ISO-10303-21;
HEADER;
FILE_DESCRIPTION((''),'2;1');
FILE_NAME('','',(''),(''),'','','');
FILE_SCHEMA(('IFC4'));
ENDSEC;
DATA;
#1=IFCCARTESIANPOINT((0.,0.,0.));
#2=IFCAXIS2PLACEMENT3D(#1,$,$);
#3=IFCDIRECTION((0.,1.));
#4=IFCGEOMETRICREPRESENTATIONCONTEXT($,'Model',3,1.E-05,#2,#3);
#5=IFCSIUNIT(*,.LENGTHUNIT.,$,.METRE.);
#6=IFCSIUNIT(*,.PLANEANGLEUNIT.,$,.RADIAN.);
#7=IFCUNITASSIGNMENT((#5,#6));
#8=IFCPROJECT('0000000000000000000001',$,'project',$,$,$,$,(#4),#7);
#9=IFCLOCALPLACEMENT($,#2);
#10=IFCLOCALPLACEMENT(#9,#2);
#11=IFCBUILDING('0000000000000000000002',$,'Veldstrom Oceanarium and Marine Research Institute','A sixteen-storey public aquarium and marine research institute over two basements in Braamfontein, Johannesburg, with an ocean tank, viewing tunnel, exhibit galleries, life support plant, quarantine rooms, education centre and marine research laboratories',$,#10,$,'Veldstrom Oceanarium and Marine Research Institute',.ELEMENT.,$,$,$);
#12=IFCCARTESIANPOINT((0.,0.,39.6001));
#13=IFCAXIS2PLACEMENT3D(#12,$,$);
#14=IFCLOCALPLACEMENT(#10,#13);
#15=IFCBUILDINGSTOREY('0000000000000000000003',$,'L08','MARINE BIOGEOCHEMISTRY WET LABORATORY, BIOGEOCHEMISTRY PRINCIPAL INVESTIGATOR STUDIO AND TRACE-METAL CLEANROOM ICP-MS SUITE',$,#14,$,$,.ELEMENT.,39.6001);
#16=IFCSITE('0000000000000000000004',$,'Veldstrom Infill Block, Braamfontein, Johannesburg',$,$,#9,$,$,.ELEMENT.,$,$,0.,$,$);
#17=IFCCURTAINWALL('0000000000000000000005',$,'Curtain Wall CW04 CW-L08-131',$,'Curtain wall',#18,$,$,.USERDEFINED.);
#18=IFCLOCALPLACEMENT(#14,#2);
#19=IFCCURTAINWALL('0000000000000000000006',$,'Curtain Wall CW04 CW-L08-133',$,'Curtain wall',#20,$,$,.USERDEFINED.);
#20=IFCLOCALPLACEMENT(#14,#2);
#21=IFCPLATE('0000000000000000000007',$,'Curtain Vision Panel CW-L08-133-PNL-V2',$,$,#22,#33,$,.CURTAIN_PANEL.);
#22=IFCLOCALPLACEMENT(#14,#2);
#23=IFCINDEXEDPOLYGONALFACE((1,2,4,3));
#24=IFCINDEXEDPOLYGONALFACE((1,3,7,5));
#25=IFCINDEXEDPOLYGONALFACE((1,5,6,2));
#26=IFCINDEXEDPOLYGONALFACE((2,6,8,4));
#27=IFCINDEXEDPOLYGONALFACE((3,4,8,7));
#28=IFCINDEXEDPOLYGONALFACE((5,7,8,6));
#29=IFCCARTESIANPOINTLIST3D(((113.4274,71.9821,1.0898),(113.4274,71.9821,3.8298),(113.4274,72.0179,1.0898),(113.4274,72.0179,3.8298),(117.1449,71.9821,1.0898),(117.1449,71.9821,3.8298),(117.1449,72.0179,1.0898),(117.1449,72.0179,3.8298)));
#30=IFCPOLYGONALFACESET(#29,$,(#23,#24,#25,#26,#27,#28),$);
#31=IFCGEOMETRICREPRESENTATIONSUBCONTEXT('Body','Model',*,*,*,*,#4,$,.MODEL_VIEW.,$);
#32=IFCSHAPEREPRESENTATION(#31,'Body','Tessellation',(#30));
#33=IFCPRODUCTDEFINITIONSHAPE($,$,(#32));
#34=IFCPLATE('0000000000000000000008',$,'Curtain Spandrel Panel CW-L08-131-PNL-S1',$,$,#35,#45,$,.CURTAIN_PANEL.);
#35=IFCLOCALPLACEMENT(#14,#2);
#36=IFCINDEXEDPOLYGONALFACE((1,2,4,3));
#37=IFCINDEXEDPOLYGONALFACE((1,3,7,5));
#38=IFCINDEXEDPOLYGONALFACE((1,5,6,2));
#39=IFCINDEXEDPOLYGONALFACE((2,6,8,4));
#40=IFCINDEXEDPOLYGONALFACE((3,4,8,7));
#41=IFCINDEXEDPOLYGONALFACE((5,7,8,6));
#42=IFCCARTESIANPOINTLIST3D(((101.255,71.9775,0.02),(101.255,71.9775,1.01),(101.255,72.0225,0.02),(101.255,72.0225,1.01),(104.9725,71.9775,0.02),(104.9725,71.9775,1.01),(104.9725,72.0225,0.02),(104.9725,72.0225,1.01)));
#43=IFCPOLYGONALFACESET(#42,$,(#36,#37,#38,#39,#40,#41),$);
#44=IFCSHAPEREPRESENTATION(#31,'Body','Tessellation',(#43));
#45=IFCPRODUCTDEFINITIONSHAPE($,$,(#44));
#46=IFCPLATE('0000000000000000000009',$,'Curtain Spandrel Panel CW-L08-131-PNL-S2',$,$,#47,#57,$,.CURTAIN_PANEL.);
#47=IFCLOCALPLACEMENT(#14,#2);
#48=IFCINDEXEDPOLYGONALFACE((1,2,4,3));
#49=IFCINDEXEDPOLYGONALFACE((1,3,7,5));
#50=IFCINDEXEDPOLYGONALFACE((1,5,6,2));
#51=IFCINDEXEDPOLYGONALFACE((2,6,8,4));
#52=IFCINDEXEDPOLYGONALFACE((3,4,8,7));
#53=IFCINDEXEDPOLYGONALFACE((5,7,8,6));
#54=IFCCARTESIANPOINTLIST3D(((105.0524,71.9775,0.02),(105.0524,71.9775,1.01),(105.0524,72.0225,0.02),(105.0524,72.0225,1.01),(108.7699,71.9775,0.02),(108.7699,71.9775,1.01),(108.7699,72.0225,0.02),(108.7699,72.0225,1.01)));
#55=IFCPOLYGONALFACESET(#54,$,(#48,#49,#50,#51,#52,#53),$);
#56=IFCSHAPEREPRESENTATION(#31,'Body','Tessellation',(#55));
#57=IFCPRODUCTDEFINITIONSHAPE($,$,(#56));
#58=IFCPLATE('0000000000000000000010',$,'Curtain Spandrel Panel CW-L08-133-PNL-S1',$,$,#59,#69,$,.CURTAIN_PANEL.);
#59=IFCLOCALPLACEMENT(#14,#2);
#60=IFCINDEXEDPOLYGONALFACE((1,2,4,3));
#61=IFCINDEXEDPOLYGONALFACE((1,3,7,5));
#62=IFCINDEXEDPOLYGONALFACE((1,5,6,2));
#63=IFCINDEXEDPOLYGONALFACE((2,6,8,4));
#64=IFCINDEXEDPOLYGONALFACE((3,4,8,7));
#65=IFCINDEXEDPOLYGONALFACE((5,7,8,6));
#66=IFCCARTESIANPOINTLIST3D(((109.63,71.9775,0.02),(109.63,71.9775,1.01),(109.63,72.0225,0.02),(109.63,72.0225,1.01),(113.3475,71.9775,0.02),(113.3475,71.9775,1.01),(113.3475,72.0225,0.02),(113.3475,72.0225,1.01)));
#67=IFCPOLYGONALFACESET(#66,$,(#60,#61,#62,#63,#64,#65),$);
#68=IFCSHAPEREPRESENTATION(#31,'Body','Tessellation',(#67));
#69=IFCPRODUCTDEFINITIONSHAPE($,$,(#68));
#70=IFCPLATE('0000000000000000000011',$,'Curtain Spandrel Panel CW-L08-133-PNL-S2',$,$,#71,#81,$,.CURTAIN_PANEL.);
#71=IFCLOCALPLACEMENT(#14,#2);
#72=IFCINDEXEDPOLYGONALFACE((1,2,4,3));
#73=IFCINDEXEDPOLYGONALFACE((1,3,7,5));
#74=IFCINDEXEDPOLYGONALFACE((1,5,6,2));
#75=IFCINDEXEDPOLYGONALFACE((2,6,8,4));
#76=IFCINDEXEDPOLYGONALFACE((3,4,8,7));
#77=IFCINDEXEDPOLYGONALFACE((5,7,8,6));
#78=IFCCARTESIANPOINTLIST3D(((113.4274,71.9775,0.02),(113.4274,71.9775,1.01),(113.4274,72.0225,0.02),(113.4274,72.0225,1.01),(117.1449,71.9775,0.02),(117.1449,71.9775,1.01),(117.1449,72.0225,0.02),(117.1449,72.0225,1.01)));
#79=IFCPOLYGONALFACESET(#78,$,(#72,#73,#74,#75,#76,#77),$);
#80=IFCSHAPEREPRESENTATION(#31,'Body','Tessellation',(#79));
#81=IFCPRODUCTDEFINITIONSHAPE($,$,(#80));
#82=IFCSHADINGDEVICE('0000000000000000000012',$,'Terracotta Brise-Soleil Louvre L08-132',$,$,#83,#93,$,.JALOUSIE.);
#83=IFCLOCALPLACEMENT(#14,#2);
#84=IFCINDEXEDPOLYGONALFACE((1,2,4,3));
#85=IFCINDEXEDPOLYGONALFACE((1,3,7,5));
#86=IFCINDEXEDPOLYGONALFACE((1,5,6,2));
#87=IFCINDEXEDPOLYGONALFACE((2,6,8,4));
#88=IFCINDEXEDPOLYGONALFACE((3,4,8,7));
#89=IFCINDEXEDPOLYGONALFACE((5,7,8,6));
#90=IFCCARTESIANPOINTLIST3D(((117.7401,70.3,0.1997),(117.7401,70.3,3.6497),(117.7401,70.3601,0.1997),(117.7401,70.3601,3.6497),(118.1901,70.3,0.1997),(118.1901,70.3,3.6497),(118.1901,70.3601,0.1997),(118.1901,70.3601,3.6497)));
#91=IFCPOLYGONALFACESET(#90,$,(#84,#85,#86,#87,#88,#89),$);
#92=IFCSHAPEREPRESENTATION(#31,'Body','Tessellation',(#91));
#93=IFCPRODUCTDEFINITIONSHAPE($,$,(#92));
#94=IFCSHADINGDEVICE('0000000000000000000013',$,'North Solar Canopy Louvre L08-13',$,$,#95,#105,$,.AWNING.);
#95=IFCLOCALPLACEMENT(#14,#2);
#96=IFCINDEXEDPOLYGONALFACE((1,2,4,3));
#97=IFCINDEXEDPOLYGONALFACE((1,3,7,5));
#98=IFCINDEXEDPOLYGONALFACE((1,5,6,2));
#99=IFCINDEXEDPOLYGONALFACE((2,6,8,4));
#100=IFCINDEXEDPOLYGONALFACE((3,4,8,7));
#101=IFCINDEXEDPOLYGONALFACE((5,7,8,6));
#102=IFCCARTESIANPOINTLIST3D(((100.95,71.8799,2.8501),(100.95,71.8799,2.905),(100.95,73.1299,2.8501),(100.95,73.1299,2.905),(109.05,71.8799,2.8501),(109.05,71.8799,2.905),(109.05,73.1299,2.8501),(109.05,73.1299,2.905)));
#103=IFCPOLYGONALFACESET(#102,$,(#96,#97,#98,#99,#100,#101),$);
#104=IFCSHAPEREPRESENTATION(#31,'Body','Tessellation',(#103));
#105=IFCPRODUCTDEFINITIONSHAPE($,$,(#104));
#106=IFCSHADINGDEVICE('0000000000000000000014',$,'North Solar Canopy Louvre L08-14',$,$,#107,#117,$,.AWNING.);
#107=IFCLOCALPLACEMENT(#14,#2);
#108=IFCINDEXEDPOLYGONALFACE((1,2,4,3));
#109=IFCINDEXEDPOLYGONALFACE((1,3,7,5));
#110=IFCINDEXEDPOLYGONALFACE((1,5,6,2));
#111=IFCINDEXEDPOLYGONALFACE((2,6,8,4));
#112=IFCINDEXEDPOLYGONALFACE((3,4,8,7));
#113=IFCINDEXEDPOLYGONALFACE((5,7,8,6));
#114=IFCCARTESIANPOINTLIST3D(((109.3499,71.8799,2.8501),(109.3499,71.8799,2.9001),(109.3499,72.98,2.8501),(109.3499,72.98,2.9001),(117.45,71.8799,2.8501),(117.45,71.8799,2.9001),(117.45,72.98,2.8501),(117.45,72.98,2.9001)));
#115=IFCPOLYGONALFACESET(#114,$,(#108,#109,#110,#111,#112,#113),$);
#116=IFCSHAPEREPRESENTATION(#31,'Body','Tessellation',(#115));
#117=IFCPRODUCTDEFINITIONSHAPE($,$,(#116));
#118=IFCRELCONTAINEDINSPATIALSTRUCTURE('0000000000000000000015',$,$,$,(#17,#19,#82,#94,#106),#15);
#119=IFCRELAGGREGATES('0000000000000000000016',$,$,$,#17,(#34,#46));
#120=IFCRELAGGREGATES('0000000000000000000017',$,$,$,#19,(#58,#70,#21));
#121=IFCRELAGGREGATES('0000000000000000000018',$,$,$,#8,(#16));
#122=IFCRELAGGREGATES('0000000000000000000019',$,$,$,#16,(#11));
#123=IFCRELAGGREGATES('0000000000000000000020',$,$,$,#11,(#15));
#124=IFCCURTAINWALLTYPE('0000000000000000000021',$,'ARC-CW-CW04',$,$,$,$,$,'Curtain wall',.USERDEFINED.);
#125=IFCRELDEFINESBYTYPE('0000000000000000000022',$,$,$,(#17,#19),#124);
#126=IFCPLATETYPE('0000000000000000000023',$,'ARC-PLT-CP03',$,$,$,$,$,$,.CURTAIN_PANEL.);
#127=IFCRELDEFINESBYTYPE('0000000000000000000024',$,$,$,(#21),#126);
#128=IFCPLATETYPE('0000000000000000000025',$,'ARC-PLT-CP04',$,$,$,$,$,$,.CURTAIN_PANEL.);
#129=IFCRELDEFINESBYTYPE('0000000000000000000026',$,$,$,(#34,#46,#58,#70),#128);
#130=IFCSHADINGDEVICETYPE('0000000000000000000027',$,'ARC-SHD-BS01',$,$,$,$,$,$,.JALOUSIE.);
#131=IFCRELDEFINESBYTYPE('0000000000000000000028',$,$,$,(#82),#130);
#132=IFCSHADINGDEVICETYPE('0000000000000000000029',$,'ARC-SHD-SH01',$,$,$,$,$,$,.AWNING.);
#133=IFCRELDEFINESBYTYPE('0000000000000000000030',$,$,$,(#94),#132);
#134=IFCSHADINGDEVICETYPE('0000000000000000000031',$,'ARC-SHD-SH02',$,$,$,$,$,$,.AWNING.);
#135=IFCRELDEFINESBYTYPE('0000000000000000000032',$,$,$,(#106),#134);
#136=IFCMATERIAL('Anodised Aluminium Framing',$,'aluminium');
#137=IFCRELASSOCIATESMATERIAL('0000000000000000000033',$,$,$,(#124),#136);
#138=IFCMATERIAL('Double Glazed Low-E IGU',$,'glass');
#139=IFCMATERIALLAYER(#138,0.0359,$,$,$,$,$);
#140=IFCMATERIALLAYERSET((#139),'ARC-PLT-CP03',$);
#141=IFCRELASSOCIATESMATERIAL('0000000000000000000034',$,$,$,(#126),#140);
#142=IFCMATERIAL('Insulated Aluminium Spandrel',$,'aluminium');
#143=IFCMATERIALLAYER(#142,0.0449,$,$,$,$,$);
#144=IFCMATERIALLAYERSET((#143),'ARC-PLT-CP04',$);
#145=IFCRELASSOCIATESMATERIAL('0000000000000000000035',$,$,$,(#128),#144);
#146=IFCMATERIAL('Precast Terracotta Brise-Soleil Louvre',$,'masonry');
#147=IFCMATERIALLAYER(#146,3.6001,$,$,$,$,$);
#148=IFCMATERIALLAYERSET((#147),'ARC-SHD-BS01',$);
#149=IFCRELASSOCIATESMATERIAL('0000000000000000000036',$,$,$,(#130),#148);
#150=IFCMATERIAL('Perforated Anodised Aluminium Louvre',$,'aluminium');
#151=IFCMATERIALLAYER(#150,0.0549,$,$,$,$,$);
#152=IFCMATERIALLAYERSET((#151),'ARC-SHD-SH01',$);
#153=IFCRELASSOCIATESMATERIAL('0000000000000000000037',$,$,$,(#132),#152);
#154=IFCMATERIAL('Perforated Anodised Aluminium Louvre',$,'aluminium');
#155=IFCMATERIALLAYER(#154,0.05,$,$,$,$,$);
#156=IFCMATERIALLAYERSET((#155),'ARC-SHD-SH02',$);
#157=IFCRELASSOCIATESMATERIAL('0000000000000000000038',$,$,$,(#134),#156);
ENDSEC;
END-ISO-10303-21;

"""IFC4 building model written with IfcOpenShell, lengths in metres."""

from ifc_helpers import new_model, si_unit, direction, frame, origin, origin_2d, place, context, subcontext, project, spatial, rectangle, extrude, material, layer, layer_set, type_object, element, aggregate, save


model = new_model("IFC4")

# Units and contexts
model_context = context("Model", 3, precision=1e-05, world=origin(), true_north=direction((0.0, 1.0)))
body_context = subcontext(model_context, "Body", "Model", "MODEL_VIEW")
ifc_project = project(units=[si_unit("LENGTHUNIT", "METRE"), si_unit("PLANEANGLEUNIT", "RADIAN")], contexts=[model_context])

# Site, building, storey
site_placement = place(None, origin())
site = spatial("IfcSite", under=ifc_project, at=site_placement, Name="Veldstrom Infill Block, Braamfontein, Johannesburg", CompositionType="ELEMENT", RefElevation=0.0)
building_placement = place(site_placement, origin())
building = spatial("IfcBuilding", under=site, at=building_placement, Name="Veldstrom Oceanarium and Marine Research Institute", Description="A sixteen-storey public aquarium and marine research institute over two basements in Braamfontein, Johannesburg, with an ocean tank, viewing tunnel, exhibit galleries, life support plant, quarantine rooms, education centre and marine research laboratories", LongName="Veldstrom Oceanarium and Marine Research Institute", CompositionType="ELEMENT")
storey_placement = place(building_placement, frame((0.0, 0.0, 39.6001)))
storey = spatial("IfcBuildingStorey", under=building, at=storey_placement, Name="L08", Description="MARINE BIOGEOCHEMISTRY WET LABORATORY, BIOGEOCHEMISTRY PRINCIPAL INVESTIGATOR STUDIO AND TRACE-METAL CLEANROOM ICP-MS SUITE", CompositionType="ELEMENT", Elevation=39.6001)

# Curtain walls
ifc_material_1 = material(Name="Anodised Aluminium Framing", Category="aluminium")
curtain_wall_type = type_object("IfcCurtainWallType", Name="ARC-CW-CW04", ElementType="Curtain wall", PredefinedType="USERDEFINED", material=ifc_material_1)
curtain_wall_1_placement = place(storey_placement, origin())
curtain_wall_1 = element("IfcCurtainWall", 1, at=curtain_wall_1_placement, inside=storey, type_object=curtain_wall_type, Name="Curtain Wall CW04 CW-L08-131", ObjectType="Curtain wall", PredefinedType="USERDEFINED")
curtain_wall_2_placement = place(storey_placement, origin())
curtain_wall_2 = element("IfcCurtainWall", 2, at=curtain_wall_2_placement, inside=storey, type_object=curtain_wall_type, Name="Curtain Wall CW04 CW-L08-133", ObjectType="Curtain wall", PredefinedType="USERDEFINED")

# Plates
ifc_material_2 = material(Name="Double Glazed Low-E IGU", Category="glass")
ifc_layer_1 = layer(ifc_material_2, 0.0359)
ifc_layer_set_1 = layer_set([ifc_layer_1], Name="ARC-PLT-CP03")
plate_type_1 = type_object("IfcPlateType", Name="ARC-PLT-CP03", PredefinedType="CURTAIN_PANEL", material=ifc_layer_set_1)
plate_1_placement = place(storey_placement, frame((115.2861, 72.0, 1.0898), z_axis=(0.0, 0.0, 1.0), x_axis=(1.0, 0.0, 0.0)))
plate_1 = element("IfcPlate", 3, at=plate_1_placement, type_object=plate_type_1, Name="Curtain Vision Panel CW-L08-133-PNL-V2", PredefinedType="CURTAIN_PANEL", context=body_context, shape_type="SweptSolid", body=[
    extrude(rectangle(XDim=3.7175, YDim=0.0359, at=origin_2d()), origin(), (0.0, 0.0, 1.0), 2.74),
])
ifc_material_3 = material(Name="Insulated Aluminium Spandrel", Category="aluminium")
ifc_layer_2 = layer(ifc_material_3, 0.0449)
ifc_layer_set_2 = layer_set([ifc_layer_2], Name="ARC-PLT-CP04")
plate_type_2 = type_object("IfcPlateType", Name="ARC-PLT-CP04", PredefinedType="CURTAIN_PANEL", material=ifc_layer_set_2)
plate_2_placement = place(storey_placement, frame((103.1138, 72.0, 0.02), z_axis=(0.0, 0.0, 1.0), x_axis=(1.0, 0.0, 0.0)))
plate_2 = element("IfcPlate", 4, at=plate_2_placement, type_object=plate_type_2, Name="Curtain Spandrel Panel CW-L08-131-PNL-S1", PredefinedType="CURTAIN_PANEL", context=body_context, shape_type="SweptSolid", body=[
    extrude(rectangle(XDim=3.7175, YDim=0.0449, at=origin_2d()), origin(), (0.0, 0.0, 1.0), 0.99),
])
plate_3_placement = place(storey_placement, frame((106.9111, 72.0, 0.02), z_axis=(0.0, 0.0, 1.0), x_axis=(1.0, 0.0, 0.0)))
plate_3 = element("IfcPlate", 5, at=plate_3_placement, type_object=plate_type_2, Name="Curtain Spandrel Panel CW-L08-131-PNL-S2", PredefinedType="CURTAIN_PANEL", context=body_context, shape_type="SweptSolid", body=[
    extrude(rectangle(XDim=3.7175, YDim=0.0449, at=origin_2d()), origin(), (0.0, 0.0, 1.0), 0.99),
])
aggregate(curtain_wall_1, [plate_2, plate_3])
plate_4_placement = place(storey_placement, frame((111.4888, 72.0, 0.02), z_axis=(0.0, 0.0, 1.0), x_axis=(1.0, 0.0, 0.0)))
plate_4 = element("IfcPlate", 6, at=plate_4_placement, type_object=plate_type_2, Name="Curtain Spandrel Panel CW-L08-133-PNL-S1", PredefinedType="CURTAIN_PANEL", context=body_context, shape_type="SweptSolid", body=[
    extrude(rectangle(XDim=3.7175, YDim=0.0449, at=origin_2d()), origin(), (0.0, 0.0, 1.0), 0.99),
])
plate_5_placement = place(storey_placement, frame((115.2861, 72.0, 0.02), z_axis=(0.0, 0.0, 1.0), x_axis=(1.0, 0.0, 0.0)))
plate_5 = element("IfcPlate", 7, at=plate_5_placement, type_object=plate_type_2, Name="Curtain Spandrel Panel CW-L08-133-PNL-S2", PredefinedType="CURTAIN_PANEL", context=body_context, shape_type="SweptSolid", body=[
    extrude(rectangle(XDim=3.7175, YDim=0.0449, at=origin_2d()), origin(), (0.0, 0.0, 1.0), 0.99),
])
aggregate(curtain_wall_2, [plate_4, plate_5, plate_1])

# Shading devices
ifc_material_4 = material(Name="Precast Terracotta Brise-Soleil Louvre", Category="masonry")
ifc_layer_3 = layer(ifc_material_4, 3.6001)
ifc_layer_set_3 = layer_set([ifc_layer_3], Name="ARC-SHD-BS01")
shading_device_type_1 = type_object("IfcShadingDeviceType", Name="ARC-SHD-BS01", PredefinedType="JALOUSIE", material=ifc_layer_set_3)
shading_device_1_placement = place(storey_placement, frame((117.9651, 70.3301, 0.1997), z_axis=(0.0, 0.0, 1.0), x_axis=(1.0, 0.0, 0.0)))
element("IfcShadingDevice", 8, at=shading_device_1_placement, inside=storey, type_object=shading_device_type_1, Name="Terracotta Brise-Soleil Louvre L08-132", PredefinedType="JALOUSIE", context=body_context, shape_type="SweptSolid", body=[
    extrude(rectangle(XDim=0.45, YDim=0.0601, at=origin_2d()), origin(), (0.0, 0.0, 1.0), 3.45),
])
ifc_material_5 = material(Name="Perforated Anodised Aluminium Louvre", Category="aluminium")
ifc_layer_4 = layer(ifc_material_5, 0.0549)
ifc_layer_set_4 = layer_set([ifc_layer_4], Name="ARC-SHD-SH01")
shading_device_type_2 = type_object("IfcShadingDeviceType", Name="ARC-SHD-SH01", PredefinedType="AWNING", material=ifc_layer_set_4)
shading_device_2_placement = place(storey_placement, frame((105.0, 72.5049, 2.8501), z_axis=(0.0, 0.0, 1.0), x_axis=(1.0, 0.0, 0.0)))
element("IfcShadingDevice", 9, at=shading_device_2_placement, inside=storey, type_object=shading_device_type_2, Name="North Solar Canopy Louvre L08-13", PredefinedType="AWNING", context=body_context, shape_type="SweptSolid", body=[
    extrude(rectangle(XDim=8.1001, YDim=1.25, at=origin_2d()), origin(), (0.0, 0.0, 1.0), 0.0549),
])
ifc_material_6 = material(Name="Perforated Anodised Aluminium Louvre", Category="aluminium")
ifc_layer_5 = layer(ifc_material_6, 0.05)
ifc_layer_set_5 = layer_set([ifc_layer_5], Name="ARC-SHD-SH02")
shading_device_type_3 = type_object("IfcShadingDeviceType", Name="ARC-SHD-SH02", PredefinedType="AWNING", material=ifc_layer_set_5)
shading_device_3_placement = place(storey_placement, frame((113.3999, 72.4299, 2.8501), z_axis=(0.0, 0.0, 1.0), x_axis=(1.0, 0.0, 0.0)))
element("IfcShadingDevice", 10, at=shading_device_3_placement, inside=storey, type_object=shading_device_type_3, Name="North Solar Canopy Louvre L08-14", PredefinedType="AWNING", context=body_context, shape_type="SweptSolid", body=[
    extrude(rectangle(XDim=8.1001, YDim=1.1001, at=origin_2d()), origin(), (0.0, 0.0, 1.0), 0.05),
])

save(model, "model.ifc")
